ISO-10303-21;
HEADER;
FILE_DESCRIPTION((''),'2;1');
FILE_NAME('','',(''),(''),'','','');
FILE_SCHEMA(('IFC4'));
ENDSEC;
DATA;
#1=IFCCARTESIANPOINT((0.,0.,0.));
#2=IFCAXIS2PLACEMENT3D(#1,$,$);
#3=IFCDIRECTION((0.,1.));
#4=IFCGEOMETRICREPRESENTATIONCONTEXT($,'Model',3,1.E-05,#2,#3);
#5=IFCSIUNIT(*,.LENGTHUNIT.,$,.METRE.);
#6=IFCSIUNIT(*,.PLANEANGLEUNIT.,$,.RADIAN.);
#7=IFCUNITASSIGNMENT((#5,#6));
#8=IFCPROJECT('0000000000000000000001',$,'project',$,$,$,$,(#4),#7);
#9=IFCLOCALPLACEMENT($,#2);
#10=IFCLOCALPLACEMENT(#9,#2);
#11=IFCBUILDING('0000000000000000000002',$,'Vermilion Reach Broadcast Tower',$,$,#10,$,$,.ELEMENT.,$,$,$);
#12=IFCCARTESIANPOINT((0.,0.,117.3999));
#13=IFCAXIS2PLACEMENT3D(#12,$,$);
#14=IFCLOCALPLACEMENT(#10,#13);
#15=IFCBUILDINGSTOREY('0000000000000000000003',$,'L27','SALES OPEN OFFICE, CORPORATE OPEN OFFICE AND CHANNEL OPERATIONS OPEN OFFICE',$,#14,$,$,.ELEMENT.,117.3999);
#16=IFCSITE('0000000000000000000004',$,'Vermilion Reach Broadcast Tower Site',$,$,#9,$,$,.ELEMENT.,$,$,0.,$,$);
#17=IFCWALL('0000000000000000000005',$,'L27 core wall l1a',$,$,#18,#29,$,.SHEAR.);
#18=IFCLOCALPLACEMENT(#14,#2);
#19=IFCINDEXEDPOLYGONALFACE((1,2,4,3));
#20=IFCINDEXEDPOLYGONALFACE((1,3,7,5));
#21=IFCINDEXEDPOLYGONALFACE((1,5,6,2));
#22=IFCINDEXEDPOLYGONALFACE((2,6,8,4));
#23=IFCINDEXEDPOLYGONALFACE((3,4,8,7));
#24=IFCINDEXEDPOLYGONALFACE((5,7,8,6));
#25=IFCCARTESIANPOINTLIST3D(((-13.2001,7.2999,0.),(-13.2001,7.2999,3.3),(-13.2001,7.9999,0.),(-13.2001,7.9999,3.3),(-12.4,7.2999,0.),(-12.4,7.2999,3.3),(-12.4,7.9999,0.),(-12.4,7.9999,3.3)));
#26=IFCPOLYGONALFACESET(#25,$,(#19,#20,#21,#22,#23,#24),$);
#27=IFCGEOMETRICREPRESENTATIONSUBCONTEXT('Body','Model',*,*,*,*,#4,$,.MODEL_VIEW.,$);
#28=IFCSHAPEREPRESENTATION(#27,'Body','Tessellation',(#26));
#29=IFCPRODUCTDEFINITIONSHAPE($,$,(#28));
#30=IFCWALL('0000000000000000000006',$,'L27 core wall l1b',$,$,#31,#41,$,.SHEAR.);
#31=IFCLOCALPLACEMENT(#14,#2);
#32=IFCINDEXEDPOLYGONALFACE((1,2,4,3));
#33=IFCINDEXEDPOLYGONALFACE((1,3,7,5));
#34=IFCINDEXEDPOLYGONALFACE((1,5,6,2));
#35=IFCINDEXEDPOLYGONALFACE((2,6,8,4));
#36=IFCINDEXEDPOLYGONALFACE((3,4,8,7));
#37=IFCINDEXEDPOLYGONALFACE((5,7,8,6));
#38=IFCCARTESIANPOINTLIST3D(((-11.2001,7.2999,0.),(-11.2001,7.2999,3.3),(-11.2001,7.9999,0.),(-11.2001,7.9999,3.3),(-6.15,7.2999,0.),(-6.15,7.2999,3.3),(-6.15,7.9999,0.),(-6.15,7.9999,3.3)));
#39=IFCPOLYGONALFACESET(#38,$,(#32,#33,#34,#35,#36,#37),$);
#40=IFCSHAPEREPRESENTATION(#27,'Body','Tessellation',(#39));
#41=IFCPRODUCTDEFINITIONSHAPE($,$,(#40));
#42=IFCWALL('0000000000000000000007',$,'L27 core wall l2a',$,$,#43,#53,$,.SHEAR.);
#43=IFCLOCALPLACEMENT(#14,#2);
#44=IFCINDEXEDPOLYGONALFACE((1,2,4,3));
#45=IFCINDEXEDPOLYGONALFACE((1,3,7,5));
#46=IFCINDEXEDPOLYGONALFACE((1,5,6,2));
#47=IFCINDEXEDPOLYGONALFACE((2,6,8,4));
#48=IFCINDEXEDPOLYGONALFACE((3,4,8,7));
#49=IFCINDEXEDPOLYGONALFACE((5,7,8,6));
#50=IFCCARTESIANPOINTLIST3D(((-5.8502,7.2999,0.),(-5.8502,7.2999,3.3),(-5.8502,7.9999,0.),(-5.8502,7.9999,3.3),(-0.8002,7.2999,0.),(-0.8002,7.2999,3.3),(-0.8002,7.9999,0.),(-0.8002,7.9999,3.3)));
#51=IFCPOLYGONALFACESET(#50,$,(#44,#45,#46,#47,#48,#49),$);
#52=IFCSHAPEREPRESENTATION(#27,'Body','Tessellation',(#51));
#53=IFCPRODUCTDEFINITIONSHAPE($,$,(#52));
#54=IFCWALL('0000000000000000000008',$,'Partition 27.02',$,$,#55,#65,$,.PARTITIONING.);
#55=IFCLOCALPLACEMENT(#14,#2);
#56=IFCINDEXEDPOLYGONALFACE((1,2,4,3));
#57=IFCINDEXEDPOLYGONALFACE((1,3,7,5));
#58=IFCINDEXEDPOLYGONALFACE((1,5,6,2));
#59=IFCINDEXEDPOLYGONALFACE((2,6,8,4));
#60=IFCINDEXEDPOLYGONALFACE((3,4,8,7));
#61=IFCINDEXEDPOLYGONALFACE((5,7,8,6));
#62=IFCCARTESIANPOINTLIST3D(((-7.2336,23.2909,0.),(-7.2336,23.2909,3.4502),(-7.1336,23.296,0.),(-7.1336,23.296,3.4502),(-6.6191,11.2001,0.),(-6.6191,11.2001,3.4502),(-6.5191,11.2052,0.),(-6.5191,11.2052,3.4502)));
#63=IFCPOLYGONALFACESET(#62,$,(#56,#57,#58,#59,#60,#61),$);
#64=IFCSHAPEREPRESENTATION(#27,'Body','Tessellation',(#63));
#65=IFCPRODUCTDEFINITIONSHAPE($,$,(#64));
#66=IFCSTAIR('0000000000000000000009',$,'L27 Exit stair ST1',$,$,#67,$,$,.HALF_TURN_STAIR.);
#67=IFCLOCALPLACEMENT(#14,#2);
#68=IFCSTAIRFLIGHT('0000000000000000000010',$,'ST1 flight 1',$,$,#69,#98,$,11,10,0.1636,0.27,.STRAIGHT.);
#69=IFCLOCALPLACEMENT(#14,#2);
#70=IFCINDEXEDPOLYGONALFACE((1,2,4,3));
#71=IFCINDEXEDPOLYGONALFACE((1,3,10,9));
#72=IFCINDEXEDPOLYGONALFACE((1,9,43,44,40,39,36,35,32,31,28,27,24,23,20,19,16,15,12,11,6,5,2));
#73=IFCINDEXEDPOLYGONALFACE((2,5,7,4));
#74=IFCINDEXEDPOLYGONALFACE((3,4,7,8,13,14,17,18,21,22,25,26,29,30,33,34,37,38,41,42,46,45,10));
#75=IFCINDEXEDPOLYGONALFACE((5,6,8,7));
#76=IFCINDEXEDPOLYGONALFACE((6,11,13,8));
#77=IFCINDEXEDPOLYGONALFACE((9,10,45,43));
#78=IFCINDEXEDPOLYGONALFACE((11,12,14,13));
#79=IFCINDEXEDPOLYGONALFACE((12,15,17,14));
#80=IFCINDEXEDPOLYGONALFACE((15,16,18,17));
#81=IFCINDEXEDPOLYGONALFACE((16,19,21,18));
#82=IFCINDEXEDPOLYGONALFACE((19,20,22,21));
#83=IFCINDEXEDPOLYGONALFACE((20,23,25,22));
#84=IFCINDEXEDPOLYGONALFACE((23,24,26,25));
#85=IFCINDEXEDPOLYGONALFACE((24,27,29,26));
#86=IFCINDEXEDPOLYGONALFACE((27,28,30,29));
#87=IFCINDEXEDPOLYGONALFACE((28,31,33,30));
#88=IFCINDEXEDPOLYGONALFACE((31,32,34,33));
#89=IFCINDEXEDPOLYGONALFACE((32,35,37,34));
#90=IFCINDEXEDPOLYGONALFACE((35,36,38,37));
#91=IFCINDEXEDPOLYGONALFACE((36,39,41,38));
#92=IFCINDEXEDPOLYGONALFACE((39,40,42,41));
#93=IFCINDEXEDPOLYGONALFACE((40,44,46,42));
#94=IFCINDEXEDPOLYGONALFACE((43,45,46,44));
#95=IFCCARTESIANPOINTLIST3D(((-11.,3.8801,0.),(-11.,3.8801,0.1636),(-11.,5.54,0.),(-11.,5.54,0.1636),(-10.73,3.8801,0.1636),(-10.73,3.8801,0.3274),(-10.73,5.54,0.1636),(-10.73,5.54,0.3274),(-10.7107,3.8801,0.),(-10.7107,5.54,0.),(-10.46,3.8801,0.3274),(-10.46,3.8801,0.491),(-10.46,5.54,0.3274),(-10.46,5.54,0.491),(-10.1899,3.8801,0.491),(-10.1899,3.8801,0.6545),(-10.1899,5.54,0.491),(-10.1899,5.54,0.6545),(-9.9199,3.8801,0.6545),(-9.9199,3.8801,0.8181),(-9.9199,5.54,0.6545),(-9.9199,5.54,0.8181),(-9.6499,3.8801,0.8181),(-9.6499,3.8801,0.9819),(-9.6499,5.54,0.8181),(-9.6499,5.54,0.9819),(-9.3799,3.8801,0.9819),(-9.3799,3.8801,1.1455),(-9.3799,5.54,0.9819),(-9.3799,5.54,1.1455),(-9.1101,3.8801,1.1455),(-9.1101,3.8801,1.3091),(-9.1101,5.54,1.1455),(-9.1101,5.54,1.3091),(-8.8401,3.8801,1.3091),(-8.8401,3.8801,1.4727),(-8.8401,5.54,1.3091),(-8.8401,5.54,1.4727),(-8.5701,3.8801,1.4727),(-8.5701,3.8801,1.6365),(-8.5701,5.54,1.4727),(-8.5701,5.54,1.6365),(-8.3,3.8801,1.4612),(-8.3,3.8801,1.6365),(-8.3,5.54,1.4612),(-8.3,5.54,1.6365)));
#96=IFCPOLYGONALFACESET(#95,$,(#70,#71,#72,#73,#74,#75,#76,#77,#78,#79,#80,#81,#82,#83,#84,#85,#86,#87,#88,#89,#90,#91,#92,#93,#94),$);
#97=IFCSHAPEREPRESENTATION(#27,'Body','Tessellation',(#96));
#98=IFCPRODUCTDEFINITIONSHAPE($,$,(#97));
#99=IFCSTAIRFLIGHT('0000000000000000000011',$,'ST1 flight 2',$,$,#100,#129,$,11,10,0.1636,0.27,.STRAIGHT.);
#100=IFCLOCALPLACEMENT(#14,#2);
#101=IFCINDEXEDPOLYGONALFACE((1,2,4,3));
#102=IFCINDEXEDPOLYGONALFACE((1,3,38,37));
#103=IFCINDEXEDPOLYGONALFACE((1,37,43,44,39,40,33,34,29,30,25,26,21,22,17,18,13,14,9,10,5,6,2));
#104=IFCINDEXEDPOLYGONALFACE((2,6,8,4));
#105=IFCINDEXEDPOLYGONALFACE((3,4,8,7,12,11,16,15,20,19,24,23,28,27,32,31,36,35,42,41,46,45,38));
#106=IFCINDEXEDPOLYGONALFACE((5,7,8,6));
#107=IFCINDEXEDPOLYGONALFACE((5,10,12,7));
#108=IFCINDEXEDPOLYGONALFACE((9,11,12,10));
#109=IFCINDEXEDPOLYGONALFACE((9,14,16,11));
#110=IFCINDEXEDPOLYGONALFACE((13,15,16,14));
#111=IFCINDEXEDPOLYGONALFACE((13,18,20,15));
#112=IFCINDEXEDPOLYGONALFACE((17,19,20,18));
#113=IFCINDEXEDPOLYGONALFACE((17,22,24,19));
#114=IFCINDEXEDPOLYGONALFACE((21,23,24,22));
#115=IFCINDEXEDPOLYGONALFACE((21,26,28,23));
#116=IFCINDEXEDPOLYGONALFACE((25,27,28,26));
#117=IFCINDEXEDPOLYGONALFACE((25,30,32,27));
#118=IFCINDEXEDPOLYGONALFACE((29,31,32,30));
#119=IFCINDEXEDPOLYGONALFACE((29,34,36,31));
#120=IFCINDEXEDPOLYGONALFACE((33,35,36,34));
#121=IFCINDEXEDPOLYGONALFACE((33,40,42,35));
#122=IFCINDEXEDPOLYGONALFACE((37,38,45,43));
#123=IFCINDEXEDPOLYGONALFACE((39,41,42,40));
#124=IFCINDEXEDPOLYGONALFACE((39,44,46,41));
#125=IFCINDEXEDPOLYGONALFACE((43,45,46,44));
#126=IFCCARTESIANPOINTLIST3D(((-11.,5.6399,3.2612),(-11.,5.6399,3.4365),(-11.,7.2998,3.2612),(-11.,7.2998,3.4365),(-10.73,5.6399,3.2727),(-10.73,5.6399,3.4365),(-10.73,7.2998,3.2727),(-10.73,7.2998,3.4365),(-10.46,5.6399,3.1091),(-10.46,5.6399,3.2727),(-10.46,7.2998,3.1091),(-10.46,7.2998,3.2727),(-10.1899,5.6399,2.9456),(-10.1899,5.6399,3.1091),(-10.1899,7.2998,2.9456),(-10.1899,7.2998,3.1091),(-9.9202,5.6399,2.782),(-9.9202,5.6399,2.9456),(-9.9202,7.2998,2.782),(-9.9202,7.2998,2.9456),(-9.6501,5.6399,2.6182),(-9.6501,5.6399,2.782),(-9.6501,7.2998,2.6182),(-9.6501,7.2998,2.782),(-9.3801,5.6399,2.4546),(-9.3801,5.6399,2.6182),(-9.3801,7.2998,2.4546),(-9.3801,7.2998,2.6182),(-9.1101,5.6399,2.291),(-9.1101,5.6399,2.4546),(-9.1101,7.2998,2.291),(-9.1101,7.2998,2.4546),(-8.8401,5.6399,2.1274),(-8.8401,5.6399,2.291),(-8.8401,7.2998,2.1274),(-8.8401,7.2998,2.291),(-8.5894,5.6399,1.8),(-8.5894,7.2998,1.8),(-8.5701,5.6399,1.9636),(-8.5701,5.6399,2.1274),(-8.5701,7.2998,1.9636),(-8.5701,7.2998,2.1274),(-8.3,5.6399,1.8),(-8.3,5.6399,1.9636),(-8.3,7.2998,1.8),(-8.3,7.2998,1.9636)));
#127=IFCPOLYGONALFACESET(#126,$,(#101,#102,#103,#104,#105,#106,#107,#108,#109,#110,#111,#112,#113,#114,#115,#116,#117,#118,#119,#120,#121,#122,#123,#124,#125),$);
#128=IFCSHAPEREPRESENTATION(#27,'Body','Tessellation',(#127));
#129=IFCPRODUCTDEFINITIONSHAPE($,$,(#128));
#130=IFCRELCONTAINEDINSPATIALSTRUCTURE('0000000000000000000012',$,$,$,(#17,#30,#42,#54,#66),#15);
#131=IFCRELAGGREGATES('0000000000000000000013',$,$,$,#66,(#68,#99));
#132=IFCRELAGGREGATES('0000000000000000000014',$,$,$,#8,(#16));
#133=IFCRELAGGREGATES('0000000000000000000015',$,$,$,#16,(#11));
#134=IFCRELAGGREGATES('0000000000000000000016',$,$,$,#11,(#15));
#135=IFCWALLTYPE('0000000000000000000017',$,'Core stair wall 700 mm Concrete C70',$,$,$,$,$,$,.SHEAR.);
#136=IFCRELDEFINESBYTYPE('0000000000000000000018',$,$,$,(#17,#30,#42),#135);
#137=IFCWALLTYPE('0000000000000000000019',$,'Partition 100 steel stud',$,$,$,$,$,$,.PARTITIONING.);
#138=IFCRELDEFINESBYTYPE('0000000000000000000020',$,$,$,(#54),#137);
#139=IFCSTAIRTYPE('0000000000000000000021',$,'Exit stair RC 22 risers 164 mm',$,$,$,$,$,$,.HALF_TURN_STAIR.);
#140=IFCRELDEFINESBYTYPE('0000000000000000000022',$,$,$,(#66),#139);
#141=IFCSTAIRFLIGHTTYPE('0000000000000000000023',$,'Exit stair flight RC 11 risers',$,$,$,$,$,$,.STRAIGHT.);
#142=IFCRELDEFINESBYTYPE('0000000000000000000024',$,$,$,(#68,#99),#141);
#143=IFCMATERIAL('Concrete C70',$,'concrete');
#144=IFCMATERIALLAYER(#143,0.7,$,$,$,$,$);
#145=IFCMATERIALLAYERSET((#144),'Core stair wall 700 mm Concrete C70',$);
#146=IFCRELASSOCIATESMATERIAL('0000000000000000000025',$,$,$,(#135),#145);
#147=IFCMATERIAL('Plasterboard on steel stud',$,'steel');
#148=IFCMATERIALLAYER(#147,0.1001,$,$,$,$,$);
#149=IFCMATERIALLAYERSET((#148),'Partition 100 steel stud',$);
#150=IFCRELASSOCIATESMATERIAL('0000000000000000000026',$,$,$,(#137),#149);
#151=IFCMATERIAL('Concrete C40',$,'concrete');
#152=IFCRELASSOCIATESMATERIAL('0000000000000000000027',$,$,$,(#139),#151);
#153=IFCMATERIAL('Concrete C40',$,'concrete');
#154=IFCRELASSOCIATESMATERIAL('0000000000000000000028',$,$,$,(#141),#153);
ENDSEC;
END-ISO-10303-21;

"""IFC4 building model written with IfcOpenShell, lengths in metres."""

from ifc_helpers import new_model, si_unit, direction, frame, frame_2d, origin, place, context, subcontext, project, spatial, polyline, rectangle, outline, extrude, material, layer, layer_set, type_object, element, aggregate, save


model = new_model("IFC4")

# Units and contexts
model_context = context("Model", 3, precision=1e-05, world=origin(), true_north=direction((0.0, 1.0)))
body_context = subcontext(model_context, "Body", "Model", "MODEL_VIEW")
ifc_project = project(units=[si_unit("LENGTHUNIT", "METRE"), si_unit("PLANEANGLEUNIT", "RADIAN")], contexts=[model_context])

# Site, building, storey
site_placement = place(None, origin())
site = spatial("IfcSite", under=ifc_project, at=site_placement, Name="Vermilion Reach Broadcast Tower Site", CompositionType="ELEMENT", RefElevation=0.0)
building_placement = place(site_placement, origin())
building = spatial("IfcBuilding", under=site, at=building_placement, Name="Vermilion Reach Broadcast Tower", CompositionType="ELEMENT")
storey_placement = place(building_placement, frame((0.0, 0.0, 117.3999)))
storey = spatial("IfcBuildingStorey", under=building, at=storey_placement, Name="L27", Description="SALES OPEN OFFICE, CORPORATE OPEN OFFICE AND CHANNEL OPERATIONS OPEN OFFICE", CompositionType="ELEMENT", Elevation=117.3999)

# Shared definitions
placement = place(storey_placement, origin())

# Walls
ifc_material_1 = material(Name="Concrete C70", Category="concrete")
ifc_layer_1 = layer(ifc_material_1, 0.7)
ifc_layer_set_1 = layer_set([ifc_layer_1], Name="Core stair wall 700 mm Concrete C70")
wall_type_1 = type_object("IfcWallType", Name="Core stair wall 700 mm Concrete C70", PredefinedType="SHEAR", material=ifc_layer_set_1)
wall_1_placement = place(storey_placement, frame((-13.2, 7.6499, 0.0), z_axis=(0.0, 0.0, 1.0), x_axis=(1.0, 0.0, 0.0)))
element("IfcWall", 1, at=wall_1_placement, inside=storey, type_object=wall_type_1, Name="L27 core wall l1a", PredefinedType="SHEAR", context=body_context, shape_type="SweptSolid", body=[
    extrude(rectangle(XDim=0.8, YDim=0.7, at=frame_2d((0.3999, 0.0))), origin(), (0.0, 0.0, 1.0), 3.3),
])
for number, where, z_axis, x_axis, name in (
    (2, (-11.2, 7.6499, 0.0), (0.0, 0.0, 1.0), (1.0, 0.0, 0.0), "L27 core wall l1b"),
    (3, (-5.8501, 7.6499, 0.0), (0.0, 0.0, 1.0), (1.0, 0.0, 0.0), "L27 core wall l2a"),
):
    element("IfcWall", number, at=place(storey_placement, frame(where, z_axis=z_axis, x_axis=x_axis)), inside=storey, type_object=wall_type_1, Name=name, PredefinedType="SHEAR", context=body_context, shape_type="SweptSolid", body=[
        extrude(rectangle(XDim=5.05, YDim=0.7, at=frame_2d((2.5249, 0.0))), origin(), (0.0, 0.0, 1.0), 3.3),
    ])
ifc_material_2 = material(Name="Plasterboard on steel stud", Category="steel")
ifc_layer_2 = layer(ifc_material_2, 0.1001)
ifc_layer_set_2 = layer_set([ifc_layer_2], Name="Partition 100 steel stud")
wall_type_2 = type_object("IfcWallType", Name="Partition 100 steel stud", PredefinedType="PARTITIONING", material=ifc_layer_set_2)
wall_2_placement = place(storey_placement, frame((-7.1836, 23.2935, 0.0), z_axis=(0.0, 0.0, 1.0), x_axis=(0.050758, -0.998711, 0.0)))
element("IfcWall", 4, at=wall_2_placement, inside=storey, type_object=wall_type_2, Name="Partition 27.02", PredefinedType="PARTITIONING", context=body_context, shape_type="SweptSolid", body=[
    extrude(rectangle(XDim=12.1064, YDim=0.1001, at=frame_2d((6.0532, 0.0))), origin(), (0.0, 0.0, 1.0), 3.4502),
])

# Stair, stair flights
ifc_material_3 = material(Name="Concrete C40", Category="concrete")
stair_type = type_object("IfcStairType", Name="Exit stair RC 22 risers 164 mm", PredefinedType="HALF_TURN_STAIR", material=ifc_material_3)
stair = element("IfcStair", 5, at=placement, inside=storey, type_object=stair_type, Name="L27 Exit stair ST1", PredefinedType="HALF_TURN_STAIR")
ifc_material_4 = material(Name="Concrete C40", Category="concrete")
stair_flight_type = type_object("IfcStairFlightType", Name="Exit stair flight RC 11 risers", PredefinedType="STRAIGHT", material=ifc_material_4)
stair_flight_1_placement = place(storey_placement, frame((-11.0, 4.71, 0.0), z_axis=(0.0, 0.0, 1.0), x_axis=(1.0, 0.0, 0.0)))
stair_flight_1 = element("IfcStairFlight", 6, at=stair_flight_1_placement, type_object=stair_flight_type, Name="ST1 flight 1", NumberOfRisers=11, NumberOfTreads=10, PredefinedType="STRAIGHT", RiserHeight=0.1636, TreadLength=0.27, context=body_context, shape_type="SweptSolid", body=[
    extrude(outline(polyline([(0.0, 0.0), (0.0, 0.1636), (0.27, 0.1636), (0.27, 0.3274), (0.54, 0.3274), (0.54, 0.491), (0.8101, 0.491), (0.8101, 0.6545), (1.0801, 0.6545), (1.0801, 0.8181), (1.3501, 0.8181), (1.3501, 0.9819), (1.6201, 0.9819), (1.6201, 1.1455), (1.8899, 1.1455), (1.8899, 1.3091), (2.1599, 1.3091), (2.1599, 1.4727), (2.4299, 1.4727), (2.4299, 1.6365), (2.7, 1.6365), (2.7, 1.8), (2.7, 1.4612), (0.2893, 0.0), (0.0, 0.0)])), frame((0.0, 0.8301, 0.0), z_axis=(0.0, -1.0, 0.0), x_axis=(1.0, 0.0, 0.0)), (0.0, 0.0, 1.0), 1.6599),
])
stair_flight_2_placement = place(storey_placement, frame((-8.3, 6.47, 1.8), z_axis=(0.0, 0.0, 1.0), x_axis=(-1.0, 0.0, 0.0)))
stair_flight_2 = element("IfcStairFlight", 7, at=stair_flight_2_placement, type_object=stair_flight_type, Name="ST1 flight 2", NumberOfRisers=11, NumberOfTreads=10, PredefinedType="STRAIGHT", RiserHeight=0.1636, TreadLength=0.27, context=body_context, shape_type="SweptSolid", body=[
    extrude(outline(polyline([(0.0, 0.0), (0.0, 0.1636), (0.27, 0.1636), (0.27, 0.3274), (0.54, 0.3274), (0.54, 0.491), (0.8101, 0.491), (0.8101, 0.6545), (1.0801, 0.6545), (1.0801, 0.8181), (1.3501, 0.8181), (1.3501, 0.9819), (1.6201, 0.9819), (1.6201, 1.1455), (1.8899, 1.1455), (1.8899, 1.3091), (2.1599, 1.3091), (2.1599, 1.4727), (2.4299, 1.4727), (2.4299, 1.6365), (2.7, 1.6365), (2.7, 1.8), (2.7, 1.4612), (0.2893, 0.0), (0.0, 0.0)])), frame((0.0, 0.8301, 0.0), z_axis=(0.0, -1.0, 0.0), x_axis=(1.0, 0.0, 0.0)), (0.0, 0.0, 1.0), 1.6599),
])
aggregate(stair, [stair_flight_1, stair_flight_2])

save(model, "model.ifc")
